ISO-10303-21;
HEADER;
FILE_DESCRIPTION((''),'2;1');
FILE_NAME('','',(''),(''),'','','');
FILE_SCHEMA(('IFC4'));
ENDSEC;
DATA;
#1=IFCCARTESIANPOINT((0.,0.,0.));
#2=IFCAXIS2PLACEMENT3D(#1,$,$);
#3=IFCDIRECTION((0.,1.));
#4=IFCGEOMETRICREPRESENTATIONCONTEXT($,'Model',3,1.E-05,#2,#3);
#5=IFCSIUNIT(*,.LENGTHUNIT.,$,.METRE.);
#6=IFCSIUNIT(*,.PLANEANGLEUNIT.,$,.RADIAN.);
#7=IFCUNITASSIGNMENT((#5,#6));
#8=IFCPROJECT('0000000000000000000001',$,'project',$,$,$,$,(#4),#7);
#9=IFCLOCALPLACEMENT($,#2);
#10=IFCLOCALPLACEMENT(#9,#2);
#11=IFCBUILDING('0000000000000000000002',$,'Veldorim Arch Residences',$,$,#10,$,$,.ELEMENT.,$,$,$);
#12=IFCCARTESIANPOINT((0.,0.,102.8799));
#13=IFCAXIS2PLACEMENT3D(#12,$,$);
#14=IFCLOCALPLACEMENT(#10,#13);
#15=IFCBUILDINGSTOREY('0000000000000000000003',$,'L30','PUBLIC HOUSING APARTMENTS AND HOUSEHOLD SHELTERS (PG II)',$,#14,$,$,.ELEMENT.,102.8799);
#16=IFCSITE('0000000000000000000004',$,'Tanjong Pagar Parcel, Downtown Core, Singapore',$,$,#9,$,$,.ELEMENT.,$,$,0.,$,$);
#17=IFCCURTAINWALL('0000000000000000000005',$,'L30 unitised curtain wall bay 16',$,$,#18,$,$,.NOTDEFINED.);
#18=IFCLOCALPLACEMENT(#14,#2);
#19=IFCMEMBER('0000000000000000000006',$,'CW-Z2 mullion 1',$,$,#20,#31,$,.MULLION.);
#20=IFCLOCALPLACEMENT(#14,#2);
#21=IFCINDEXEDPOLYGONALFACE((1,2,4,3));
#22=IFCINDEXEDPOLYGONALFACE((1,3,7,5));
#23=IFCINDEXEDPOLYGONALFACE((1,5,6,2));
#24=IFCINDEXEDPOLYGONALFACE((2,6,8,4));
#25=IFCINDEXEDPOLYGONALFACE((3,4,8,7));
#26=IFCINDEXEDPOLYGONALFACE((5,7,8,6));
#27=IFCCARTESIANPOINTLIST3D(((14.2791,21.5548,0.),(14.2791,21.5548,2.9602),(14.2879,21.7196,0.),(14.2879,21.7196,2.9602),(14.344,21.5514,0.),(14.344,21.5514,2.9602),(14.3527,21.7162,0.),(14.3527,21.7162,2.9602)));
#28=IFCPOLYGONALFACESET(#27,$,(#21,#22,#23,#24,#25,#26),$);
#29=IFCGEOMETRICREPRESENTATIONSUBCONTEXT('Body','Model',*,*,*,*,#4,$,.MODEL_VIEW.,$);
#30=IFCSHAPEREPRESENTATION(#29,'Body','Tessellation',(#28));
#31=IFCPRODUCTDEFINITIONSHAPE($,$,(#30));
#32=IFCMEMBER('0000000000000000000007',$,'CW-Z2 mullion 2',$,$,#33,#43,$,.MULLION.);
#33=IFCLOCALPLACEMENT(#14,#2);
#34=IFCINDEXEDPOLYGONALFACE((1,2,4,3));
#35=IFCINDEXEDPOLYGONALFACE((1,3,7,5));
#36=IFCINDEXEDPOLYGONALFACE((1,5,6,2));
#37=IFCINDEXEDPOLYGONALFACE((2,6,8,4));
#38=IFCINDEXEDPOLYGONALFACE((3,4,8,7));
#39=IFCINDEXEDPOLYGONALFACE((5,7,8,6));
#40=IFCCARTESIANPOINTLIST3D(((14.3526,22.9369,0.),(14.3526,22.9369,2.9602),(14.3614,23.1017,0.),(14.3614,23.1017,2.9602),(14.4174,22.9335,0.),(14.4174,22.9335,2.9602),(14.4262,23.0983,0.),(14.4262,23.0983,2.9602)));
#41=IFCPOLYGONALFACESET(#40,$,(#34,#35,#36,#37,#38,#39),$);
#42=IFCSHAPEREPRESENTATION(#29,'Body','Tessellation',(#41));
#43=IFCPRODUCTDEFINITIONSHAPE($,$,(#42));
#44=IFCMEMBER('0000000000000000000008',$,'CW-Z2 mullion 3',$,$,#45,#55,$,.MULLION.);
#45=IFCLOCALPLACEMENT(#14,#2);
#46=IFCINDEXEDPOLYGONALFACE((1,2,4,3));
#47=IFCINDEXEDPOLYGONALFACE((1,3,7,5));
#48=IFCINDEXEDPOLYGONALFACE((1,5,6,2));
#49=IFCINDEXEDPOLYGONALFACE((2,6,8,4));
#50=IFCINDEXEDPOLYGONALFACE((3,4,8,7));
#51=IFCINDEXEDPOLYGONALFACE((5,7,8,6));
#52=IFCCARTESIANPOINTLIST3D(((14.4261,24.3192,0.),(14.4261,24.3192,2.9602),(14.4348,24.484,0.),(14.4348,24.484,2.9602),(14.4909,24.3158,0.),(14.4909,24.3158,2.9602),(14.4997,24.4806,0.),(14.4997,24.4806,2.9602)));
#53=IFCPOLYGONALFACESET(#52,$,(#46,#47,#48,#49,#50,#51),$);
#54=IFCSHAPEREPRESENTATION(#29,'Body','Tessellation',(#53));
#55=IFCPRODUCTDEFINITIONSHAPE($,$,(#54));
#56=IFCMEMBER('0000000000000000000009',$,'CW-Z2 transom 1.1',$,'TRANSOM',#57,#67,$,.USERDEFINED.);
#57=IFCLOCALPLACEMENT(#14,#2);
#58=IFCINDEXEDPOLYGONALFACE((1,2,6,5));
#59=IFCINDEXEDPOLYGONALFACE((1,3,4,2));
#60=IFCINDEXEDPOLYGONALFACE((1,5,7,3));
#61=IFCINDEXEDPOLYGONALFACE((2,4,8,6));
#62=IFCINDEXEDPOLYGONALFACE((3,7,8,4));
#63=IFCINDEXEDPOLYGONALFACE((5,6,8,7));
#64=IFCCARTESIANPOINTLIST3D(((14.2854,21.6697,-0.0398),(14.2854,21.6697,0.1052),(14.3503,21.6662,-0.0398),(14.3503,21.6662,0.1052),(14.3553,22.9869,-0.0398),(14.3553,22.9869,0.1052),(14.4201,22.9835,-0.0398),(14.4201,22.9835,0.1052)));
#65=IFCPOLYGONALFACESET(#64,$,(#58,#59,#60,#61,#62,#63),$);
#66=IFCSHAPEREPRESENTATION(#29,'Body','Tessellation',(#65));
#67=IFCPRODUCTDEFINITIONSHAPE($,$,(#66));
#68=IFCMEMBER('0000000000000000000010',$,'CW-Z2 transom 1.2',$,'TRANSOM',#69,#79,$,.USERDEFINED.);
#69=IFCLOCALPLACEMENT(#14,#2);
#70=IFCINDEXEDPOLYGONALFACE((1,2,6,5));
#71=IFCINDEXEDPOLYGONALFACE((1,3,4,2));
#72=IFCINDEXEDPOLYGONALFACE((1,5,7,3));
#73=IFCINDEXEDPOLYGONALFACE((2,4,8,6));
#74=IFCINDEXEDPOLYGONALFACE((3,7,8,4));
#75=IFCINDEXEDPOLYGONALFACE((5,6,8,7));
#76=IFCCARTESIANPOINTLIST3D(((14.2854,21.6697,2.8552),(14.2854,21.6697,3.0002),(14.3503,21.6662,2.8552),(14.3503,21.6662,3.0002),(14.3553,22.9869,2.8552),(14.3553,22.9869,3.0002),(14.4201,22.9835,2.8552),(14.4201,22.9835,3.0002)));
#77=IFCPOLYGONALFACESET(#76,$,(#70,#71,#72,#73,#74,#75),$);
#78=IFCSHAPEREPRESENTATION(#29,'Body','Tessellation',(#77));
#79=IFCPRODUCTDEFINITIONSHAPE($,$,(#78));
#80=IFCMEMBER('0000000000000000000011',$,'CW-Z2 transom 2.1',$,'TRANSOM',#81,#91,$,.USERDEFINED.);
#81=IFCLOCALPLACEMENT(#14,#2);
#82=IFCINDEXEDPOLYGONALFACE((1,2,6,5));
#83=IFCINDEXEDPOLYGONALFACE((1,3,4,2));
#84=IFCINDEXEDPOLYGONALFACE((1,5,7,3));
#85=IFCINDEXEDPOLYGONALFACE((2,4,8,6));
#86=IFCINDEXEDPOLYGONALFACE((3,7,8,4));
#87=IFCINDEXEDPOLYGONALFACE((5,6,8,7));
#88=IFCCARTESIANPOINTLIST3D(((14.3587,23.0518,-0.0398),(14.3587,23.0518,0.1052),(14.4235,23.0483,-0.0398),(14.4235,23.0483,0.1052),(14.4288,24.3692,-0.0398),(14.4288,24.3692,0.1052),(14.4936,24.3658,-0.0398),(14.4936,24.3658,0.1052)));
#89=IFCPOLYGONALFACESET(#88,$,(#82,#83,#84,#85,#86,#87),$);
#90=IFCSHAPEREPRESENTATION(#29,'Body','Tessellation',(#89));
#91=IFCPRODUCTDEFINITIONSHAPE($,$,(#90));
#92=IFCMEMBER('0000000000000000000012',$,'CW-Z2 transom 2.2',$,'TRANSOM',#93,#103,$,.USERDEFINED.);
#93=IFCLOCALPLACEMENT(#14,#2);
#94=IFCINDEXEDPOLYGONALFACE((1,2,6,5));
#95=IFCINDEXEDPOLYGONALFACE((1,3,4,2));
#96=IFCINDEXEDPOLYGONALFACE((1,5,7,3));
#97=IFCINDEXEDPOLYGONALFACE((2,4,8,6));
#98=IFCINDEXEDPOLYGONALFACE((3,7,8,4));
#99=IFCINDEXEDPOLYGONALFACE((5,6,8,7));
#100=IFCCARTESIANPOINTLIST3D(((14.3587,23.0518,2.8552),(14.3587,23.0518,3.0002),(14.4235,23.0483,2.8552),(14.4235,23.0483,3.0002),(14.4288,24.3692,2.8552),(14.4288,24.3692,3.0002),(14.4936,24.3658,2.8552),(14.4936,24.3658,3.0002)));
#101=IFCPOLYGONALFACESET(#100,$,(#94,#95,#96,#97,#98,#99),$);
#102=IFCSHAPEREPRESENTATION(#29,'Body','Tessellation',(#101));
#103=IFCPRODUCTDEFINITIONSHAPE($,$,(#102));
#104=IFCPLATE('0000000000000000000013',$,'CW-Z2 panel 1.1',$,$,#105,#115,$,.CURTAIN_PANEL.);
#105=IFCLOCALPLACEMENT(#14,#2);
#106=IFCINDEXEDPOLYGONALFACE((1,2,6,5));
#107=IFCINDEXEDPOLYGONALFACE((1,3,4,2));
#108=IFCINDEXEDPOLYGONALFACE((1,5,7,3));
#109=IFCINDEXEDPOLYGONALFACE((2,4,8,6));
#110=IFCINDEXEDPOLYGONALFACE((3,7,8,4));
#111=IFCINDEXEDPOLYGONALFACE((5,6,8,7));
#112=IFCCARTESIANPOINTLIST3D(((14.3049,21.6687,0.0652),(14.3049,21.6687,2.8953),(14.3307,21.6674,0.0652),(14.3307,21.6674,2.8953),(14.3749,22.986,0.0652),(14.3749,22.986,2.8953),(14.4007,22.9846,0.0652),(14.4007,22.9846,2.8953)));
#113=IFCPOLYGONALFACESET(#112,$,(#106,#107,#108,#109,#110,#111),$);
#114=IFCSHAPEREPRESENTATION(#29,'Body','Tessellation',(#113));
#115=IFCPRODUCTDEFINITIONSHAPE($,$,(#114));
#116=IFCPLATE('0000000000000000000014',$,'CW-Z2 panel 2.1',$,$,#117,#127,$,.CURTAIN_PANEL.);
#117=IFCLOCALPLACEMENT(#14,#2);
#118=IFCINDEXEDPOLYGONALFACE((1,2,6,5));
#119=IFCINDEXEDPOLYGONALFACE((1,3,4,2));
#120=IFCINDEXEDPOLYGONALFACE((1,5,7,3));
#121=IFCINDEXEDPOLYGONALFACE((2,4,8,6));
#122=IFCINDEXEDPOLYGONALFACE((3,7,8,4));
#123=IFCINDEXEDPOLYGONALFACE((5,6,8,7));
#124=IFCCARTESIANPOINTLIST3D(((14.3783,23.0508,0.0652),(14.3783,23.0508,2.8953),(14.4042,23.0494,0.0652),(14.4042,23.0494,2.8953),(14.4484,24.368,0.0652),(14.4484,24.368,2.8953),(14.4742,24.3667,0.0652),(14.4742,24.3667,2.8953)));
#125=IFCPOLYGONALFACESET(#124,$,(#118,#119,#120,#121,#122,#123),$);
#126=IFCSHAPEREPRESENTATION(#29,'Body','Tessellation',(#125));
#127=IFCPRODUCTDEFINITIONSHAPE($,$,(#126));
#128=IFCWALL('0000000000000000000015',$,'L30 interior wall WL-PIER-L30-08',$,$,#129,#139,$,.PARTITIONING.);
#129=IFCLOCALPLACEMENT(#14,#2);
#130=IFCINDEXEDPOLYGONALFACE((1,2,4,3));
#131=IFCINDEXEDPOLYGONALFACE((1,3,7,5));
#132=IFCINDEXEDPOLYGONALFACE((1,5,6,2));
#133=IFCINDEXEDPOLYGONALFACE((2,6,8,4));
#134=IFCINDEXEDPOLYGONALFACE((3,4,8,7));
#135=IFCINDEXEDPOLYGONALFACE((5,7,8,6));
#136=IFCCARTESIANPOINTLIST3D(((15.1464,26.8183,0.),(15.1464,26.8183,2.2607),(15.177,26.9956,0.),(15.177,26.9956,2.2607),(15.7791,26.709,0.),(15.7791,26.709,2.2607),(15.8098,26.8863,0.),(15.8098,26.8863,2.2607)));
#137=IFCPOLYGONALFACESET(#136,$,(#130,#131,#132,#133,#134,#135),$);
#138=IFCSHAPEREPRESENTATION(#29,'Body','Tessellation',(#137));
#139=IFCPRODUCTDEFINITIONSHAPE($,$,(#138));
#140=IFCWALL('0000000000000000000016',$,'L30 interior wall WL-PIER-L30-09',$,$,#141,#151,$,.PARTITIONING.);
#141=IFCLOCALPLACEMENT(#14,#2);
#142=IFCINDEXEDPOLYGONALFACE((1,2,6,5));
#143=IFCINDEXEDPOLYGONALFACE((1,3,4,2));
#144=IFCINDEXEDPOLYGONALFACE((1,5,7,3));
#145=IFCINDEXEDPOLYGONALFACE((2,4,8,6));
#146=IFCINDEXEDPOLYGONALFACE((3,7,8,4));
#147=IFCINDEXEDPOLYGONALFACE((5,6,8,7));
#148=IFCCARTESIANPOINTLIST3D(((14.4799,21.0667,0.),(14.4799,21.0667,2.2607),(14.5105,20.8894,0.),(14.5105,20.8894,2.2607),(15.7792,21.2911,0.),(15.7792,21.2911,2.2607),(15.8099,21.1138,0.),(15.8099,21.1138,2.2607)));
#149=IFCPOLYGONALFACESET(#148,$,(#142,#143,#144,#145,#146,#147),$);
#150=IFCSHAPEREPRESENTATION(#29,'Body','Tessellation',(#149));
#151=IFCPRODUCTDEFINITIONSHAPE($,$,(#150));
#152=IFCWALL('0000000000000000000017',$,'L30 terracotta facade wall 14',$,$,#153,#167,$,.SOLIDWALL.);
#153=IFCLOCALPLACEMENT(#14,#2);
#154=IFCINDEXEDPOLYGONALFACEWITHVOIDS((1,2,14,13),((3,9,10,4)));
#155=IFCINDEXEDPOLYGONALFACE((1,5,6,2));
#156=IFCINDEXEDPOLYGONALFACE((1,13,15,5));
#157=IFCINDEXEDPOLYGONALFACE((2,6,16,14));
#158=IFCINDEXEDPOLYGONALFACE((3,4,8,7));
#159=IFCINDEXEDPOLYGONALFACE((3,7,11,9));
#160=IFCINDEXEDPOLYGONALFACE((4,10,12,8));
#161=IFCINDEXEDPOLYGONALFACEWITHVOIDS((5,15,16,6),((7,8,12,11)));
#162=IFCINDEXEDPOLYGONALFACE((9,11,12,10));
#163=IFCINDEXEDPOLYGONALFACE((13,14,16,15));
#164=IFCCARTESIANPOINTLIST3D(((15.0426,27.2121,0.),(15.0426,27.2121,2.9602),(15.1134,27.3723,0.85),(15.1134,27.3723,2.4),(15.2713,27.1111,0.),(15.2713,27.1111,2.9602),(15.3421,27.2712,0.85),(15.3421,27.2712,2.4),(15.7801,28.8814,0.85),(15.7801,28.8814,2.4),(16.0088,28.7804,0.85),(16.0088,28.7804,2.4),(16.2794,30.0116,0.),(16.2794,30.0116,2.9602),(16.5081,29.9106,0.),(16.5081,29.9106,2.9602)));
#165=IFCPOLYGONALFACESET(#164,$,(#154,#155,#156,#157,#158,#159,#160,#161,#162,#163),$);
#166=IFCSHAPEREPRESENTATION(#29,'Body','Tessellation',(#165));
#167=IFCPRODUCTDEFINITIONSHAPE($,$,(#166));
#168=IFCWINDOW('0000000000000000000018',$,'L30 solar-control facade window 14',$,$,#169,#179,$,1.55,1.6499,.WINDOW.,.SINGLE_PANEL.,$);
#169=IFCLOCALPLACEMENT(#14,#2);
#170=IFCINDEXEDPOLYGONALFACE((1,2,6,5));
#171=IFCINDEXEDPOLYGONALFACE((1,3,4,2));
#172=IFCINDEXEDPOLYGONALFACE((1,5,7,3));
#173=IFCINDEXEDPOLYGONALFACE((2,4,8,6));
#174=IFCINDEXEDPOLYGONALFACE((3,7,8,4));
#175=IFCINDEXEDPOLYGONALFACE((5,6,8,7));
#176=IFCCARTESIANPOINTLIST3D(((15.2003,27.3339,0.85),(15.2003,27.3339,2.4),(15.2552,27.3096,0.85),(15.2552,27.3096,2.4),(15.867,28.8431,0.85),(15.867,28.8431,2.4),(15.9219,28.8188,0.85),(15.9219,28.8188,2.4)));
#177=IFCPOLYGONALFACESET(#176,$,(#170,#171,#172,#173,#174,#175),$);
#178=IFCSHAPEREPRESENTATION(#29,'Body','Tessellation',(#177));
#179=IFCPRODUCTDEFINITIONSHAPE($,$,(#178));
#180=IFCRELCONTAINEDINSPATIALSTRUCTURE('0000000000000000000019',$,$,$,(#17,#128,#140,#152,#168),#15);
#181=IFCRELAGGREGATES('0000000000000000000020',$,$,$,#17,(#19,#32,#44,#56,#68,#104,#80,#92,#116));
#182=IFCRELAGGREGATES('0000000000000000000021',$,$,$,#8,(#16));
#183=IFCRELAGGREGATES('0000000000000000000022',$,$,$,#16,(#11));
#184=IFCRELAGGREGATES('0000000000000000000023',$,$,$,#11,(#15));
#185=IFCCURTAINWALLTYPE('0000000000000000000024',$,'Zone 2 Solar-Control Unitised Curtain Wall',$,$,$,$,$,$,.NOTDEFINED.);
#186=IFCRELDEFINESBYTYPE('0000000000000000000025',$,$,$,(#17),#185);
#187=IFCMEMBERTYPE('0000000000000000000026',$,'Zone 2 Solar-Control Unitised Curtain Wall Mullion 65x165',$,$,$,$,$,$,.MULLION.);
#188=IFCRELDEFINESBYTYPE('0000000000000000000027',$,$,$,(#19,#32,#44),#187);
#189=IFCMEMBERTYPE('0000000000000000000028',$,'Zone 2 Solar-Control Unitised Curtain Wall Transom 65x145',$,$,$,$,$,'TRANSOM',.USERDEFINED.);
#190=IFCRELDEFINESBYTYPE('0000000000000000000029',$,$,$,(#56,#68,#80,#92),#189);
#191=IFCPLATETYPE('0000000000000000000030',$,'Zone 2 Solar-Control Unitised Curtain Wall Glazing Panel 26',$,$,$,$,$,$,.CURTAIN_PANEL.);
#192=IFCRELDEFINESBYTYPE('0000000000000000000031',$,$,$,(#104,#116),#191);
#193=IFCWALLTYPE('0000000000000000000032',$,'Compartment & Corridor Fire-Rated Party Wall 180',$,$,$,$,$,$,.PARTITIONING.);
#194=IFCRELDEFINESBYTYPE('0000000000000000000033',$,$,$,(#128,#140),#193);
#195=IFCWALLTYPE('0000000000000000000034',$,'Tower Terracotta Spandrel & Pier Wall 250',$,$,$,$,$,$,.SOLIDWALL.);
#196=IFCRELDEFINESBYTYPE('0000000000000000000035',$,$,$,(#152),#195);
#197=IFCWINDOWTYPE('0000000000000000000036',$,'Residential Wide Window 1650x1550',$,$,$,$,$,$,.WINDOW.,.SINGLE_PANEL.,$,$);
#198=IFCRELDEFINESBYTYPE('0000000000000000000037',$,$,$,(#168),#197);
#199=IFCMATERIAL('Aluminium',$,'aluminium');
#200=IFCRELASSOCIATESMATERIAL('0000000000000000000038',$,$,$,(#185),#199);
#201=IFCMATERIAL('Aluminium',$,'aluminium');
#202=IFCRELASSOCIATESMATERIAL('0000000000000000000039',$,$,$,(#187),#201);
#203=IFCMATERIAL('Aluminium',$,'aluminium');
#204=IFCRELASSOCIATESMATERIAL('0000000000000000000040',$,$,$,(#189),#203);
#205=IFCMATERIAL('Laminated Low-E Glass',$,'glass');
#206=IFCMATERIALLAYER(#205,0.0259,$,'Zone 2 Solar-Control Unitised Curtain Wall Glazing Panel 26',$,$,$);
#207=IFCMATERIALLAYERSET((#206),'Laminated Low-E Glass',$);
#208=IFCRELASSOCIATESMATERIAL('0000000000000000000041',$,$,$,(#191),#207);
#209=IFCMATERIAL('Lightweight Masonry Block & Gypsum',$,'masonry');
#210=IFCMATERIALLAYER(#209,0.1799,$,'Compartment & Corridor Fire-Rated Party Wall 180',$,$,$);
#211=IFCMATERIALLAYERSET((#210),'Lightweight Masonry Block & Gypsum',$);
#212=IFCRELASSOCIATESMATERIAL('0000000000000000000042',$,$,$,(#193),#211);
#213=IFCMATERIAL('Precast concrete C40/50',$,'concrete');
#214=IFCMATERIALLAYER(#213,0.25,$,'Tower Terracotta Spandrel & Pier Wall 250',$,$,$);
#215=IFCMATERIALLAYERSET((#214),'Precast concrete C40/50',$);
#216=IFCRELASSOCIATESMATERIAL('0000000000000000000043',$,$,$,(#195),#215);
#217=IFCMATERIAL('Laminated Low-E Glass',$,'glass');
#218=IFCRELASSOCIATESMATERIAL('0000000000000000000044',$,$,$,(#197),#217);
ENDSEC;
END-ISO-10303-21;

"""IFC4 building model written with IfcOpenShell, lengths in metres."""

from ifc_helpers import new_model, si_unit, direction, frame, frame_2d, origin, origin_2d, place, context, subcontext, project, spatial, rectangle, extrude, material, layer, layer_set, material_profile, profile_set, type_object, element, fill, aggregate, save


model = new_model("IFC4")

# Units and contexts
model_context = context("Model", 3, precision=1e-05, world=origin(), true_north=direction((0.0, 1.0)))
body_context = subcontext(model_context, "Body", "Model", "MODEL_VIEW")
ifc_project = project(units=[si_unit("LENGTHUNIT", "METRE"), si_unit("PLANEANGLEUNIT", "RADIAN")], contexts=[model_context])

# Site, building, storey
site_placement = place(None, origin())
site = spatial("IfcSite", under=ifc_project, at=site_placement, Name="Tanjong Pagar Parcel, Downtown Core, Singapore", CompositionType="ELEMENT", RefElevation=0.0)
building_placement = place(site_placement, origin())
building = spatial("IfcBuilding", under=site, at=building_placement, Name="Veldorim Arch Residences", CompositionType="ELEMENT")
storey_placement = place(building_placement, frame((0.0, 0.0, 102.8799)))
storey = spatial("IfcBuildingStorey", under=building, at=storey_placement, Name="L30", Description="PUBLIC HOUSING APARTMENTS AND HOUSEHOLD SHELTERS (PG II)", CompositionType="ELEMENT", Elevation=102.8799)

# Curtain wall, members, plates
ifc_material_1 = material(Name="Aluminium", Category="aluminium")
curtain_wall_type = type_object("IfcCurtainWallType", Name="Zone 2 Solar-Control Unitised Curtain Wall", PredefinedType="NOTDEFINED", material=ifc_material_1)
curtain_wall_placement = place(storey_placement, origin())
curtain_wall = element("IfcCurtainWall", 1, at=curtain_wall_placement, inside=storey, type_object=curtain_wall_type, Name="L30 unitised curtain wall bay 16", PredefinedType="NOTDEFINED")
ifc_material_2 = material(Name="Aluminium", Category="aluminium")
ifc_material_profile_1 = material_profile(ifc_material_2, rectangle(XDim=0.0649, YDim=0.165, at=origin_2d()), Name="ALU_MUL_65x165")
ifc_profile_set_1 = profile_set([ifc_material_profile_1], Name="Aluminium")
member_type_1 = type_object("IfcMemberType", Name="Zone 2 Solar-Control Unitised Curtain Wall Mullion 65x165", PredefinedType="MULLION", material=ifc_profile_set_1)
member_1_placement = place(storey_placement, frame((14.3159, 21.6355, 0.0), z_axis=(0.0, 0.0, 1.0), x_axis=(-0.99859, 0.053083, 0.0)))
member_1 = element("IfcMember", 2, at=member_1_placement, type_object=member_type_1, Name="CW-Z2 mullion 1", PredefinedType="MULLION", context=body_context, shape_type="SweptSolid", body=[
    extrude(rectangle(XDim=0.0649, YDim=0.165, at=origin_2d()), origin(), (0.0, 0.0, 1.0), 2.9602),
])
member_2_placement = place(storey_placement, frame((14.3894, 23.0176, 0.0), z_axis=(0.0, 0.0, 1.0), x_axis=(-0.99859, 0.053083, 0.0)))
member_2 = element("IfcMember", 3, at=member_2_placement, type_object=member_type_1, Name="CW-Z2 mullion 2", PredefinedType="MULLION", context=body_context, shape_type="SweptSolid", body=[
    extrude(rectangle(XDim=0.0649, YDim=0.165, at=origin_2d()), origin(), (0.0, 0.0, 1.0), 2.9602),
])
member_3_placement = place(storey_placement, frame((14.4629, 24.3999, 0.0), z_axis=(0.0, 0.0, 1.0), x_axis=(-0.99859, 0.053083, 0.0)))
member_3 = element("IfcMember", 4, at=member_3_placement, type_object=member_type_1, Name="CW-Z2 mullion 3", PredefinedType="MULLION", context=body_context, shape_type="SweptSolid", body=[
    extrude(rectangle(XDim=0.0649, YDim=0.165, at=origin_2d()), origin(), (0.0, 0.0, 1.0), 2.9602),
])
ifc_material_3 = material(Name="Aluminium", Category="aluminium")
ifc_material_profile_2 = material_profile(ifc_material_3, rectangle(XDim=0.0649, YDim=0.145, at=origin_2d()), Name="ALU_TRN_65x145")
ifc_profile_set_2 = profile_set([ifc_material_profile_2], Name="Aluminium")
member_type_2 = type_object("IfcMemberType", Name="Zone 2 Solar-Control Unitised Curtain Wall Transom 65x145", ElementType="TRANSOM", PredefinedType="USERDEFINED", material=ifc_profile_set_2)
member_4_placement = place(storey_placement, frame((14.3179, 21.668, 0.0327), z_axis=(0.052938, 0.998598, 0.0), x_axis=(-0.998598, 0.052938, 0.0)))
member_4 = element("IfcMember", 5, at=member_4_placement, type_object=member_type_2, Name="CW-Z2 transom 1.1", ObjectType="TRANSOM", PredefinedType="USERDEFINED", context=body_context, shape_type="SweptSolid", body=[
    extrude(rectangle(XDim=0.0649, YDim=0.145, at=origin_2d()), origin(), (0.0, 0.0, 1.0), 1.3191),
])
member_5_placement = place(storey_placement, frame((14.3179, 21.668, 2.9277), z_axis=(0.052938, 0.998598, 0.0), x_axis=(-0.998598, 0.052938, 0.0)))
member_5 = element("IfcMember", 6, at=member_5_placement, type_object=member_type_2, Name="CW-Z2 transom 1.2", ObjectType="TRANSOM", PredefinedType="USERDEFINED", context=body_context, shape_type="SweptSolid", body=[
    extrude(rectangle(XDim=0.0649, YDim=0.145, at=origin_2d()), origin(), (0.0, 0.0, 1.0), 1.3191),
])
member_6_placement = place(storey_placement, frame((14.3911, 23.05, 0.0327), z_axis=(0.053112, 0.998589, 0.0), x_axis=(-0.998589, 0.053112, 0.0)))
member_6 = element("IfcMember", 7, at=member_6_placement, type_object=member_type_2, Name="CW-Z2 transom 2.1", ObjectType="TRANSOM", PredefinedType="USERDEFINED", context=body_context, shape_type="SweptSolid", body=[
    extrude(rectangle(XDim=0.0649, YDim=0.145, at=origin_2d()), origin(), (0.0, 0.0, 1.0), 1.3193),
])
member_7_placement = place(storey_placement, frame((14.3911, 23.05, 2.9277), z_axis=(0.053112, 0.998589, 0.0), x_axis=(-0.998589, 0.053112, 0.0)))
member_7 = element("IfcMember", 8, at=member_7_placement, type_object=member_type_2, Name="CW-Z2 transom 2.2", ObjectType="TRANSOM", PredefinedType="USERDEFINED", context=body_context, shape_type="SweptSolid", body=[
    extrude(rectangle(XDim=0.0649, YDim=0.145, at=origin_2d()), origin(), (0.0, 0.0, 1.0), 1.3193),
])
ifc_material_4 = material(Name="Laminated Low-E Glass", Category="glass")
ifc_layer_1 = layer(ifc_material_4, 0.0259, Name="Zone 2 Solar-Control Unitised Curtain Wall Glazing Panel 26")
ifc_layer_set_1 = layer_set([ifc_layer_1], Name="Laminated Low-E Glass")
plate_type = type_object("IfcPlateType", Name="Zone 2 Solar-Control Unitised Curtain Wall Glazing Panel 26", PredefinedType="CURTAIN_PANEL", material=ifc_layer_set_1)
plate_1_placement = place(storey_placement, frame((14.3528, 22.3267, 0.0652), z_axis=(0.0, 0.0, 1.0), x_axis=(0.053083, 0.99859, 0.0)))
plate_1 = element("IfcPlate", 9, at=plate_1_placement, type_object=plate_type, Name="CW-Z2 panel 1.1", PredefinedType="CURTAIN_PANEL", context=body_context, shape_type="SweptSolid", body=[
    extrude(rectangle(XDim=1.3191, YDim=0.0259, at=origin_2d()), origin(), (0.0, 0.0, 1.0), 2.8301),
])
plate_2_placement = place(storey_placement, frame((14.4263, 23.7087, 0.0652), z_axis=(0.0, 0.0, 1.0), x_axis=(0.053083, 0.99859, 0.0)))
plate_2 = element("IfcPlate", 10, at=plate_2_placement, type_object=plate_type, Name="CW-Z2 panel 2.1", PredefinedType="CURTAIN_PANEL", context=body_context, shape_type="SweptSolid", body=[
    extrude(rectangle(XDim=1.3191, YDim=0.0259, at=origin_2d()), origin(), (0.0, 0.0, 1.0), 2.8301),
])
aggregate(curtain_wall, [member_1, member_2, member_3, member_4, member_5, plate_1, member_6, member_7, plate_2])

# Walls
ifc_material_5 = material(Name="Lightweight Masonry Block & Gypsum", Category="masonry")
ifc_layer_2 = layer(ifc_material_5, 0.1799, Name="Compartment & Corridor Fire-Rated Party Wall 180")
ifc_layer_set_2 = layer_set([ifc_layer_2], Name="Lightweight Masonry Block & Gypsum")
wall_type_1 = type_object("IfcWallType", Name="Compartment & Corridor Fire-Rated Party Wall 180", PredefinedType="PARTITIONING", material=ifc_layer_set_2)
wall_1_placement = place(storey_placement, frame((15.7944, 26.7976, 0.0), z_axis=(0.0, 0.0, 1.0), x_axis=(-0.98539, 0.170314, 0.0)))
element("IfcWall", 11, at=wall_1_placement, inside=storey, type_object=wall_type_1, Name="L30 interior wall WL-PIER-L30-08", PredefinedType="PARTITIONING", context=body_context, shape_type="SweptSolid", body=[
    extrude(rectangle(XDim=0.6421, YDim=0.1799, at=frame_2d((0.321, 0.0))), origin(), (0.0, 0.0, 1.0), 2.2607),
])
wall_2_placement = place(storey_placement, frame((15.7944, 21.2024, 0.0), z_axis=(0.0, 0.0, 1.0), x_axis=(-0.985416, -0.170161, 0.0)))
element("IfcWall", 12, at=wall_2_placement, inside=storey, type_object=wall_type_1, Name="L30 interior wall WL-PIER-L30-09", PredefinedType="PARTITIONING", context=body_context, shape_type="SweptSolid", body=[
    extrude(rectangle(XDim=1.3186, YDim=0.1799, at=frame_2d((0.6592, 0.0))), origin(), (0.0, 0.0, 1.0), 2.2607),
])

# Wall, opening, window
ifc_material_6 = material(Name="Precast concrete C40/50", Category="concrete")
ifc_layer_3 = layer(ifc_material_6, 0.25, Name="Tower Terracotta Spandrel & Pier Wall 250")
ifc_layer_set_3 = layer_set([ifc_layer_3], Name="Precast concrete C40/50")
wall_type_2 = type_object("IfcWallType", Name="Tower Terracotta Spandrel & Pier Wall 250", PredefinedType="SOLIDWALL", material=ifc_layer_set_3)
wall_3_placement = place(storey_placement, frame((15.157, 27.1616, 0.0), z_axis=(0.0, 0.0, 1.0), x_axis=(0.40411, 0.914711, 0.0)))
wall_3 = element("IfcWall", 13, at=wall_3_placement, inside=storey, type_object=wall_type_2, Name="L30 terracotta facade wall 14", PredefinedType="SOLIDWALL", context=body_context, shape_type="SweptSolid", body=[
    extrude(rectangle(XDim=3.0605, YDim=0.25, at=frame_2d((1.5303, 0.0))), origin(), (0.0, 0.0, 1.0), 2.9602),
])
opening_placement = place(wall_3_placement, frame((0.175, 0.0, 0.8501)))
opening = element("IfcOpeningElement", 14, at=opening_placement, cuts=wall_3, PredefinedType="OPENING", context=body_context, shape_type="SweptSolid", body=[
    extrude(rectangle(XDim=1.6499, YDim=1.55, at=frame_2d((0.825, 0.7749))), frame((0.0, 0.135, 0.0), z_axis=(0.0, -1.0, 0.0), x_axis=(1.0, 0.0, 0.0)), (0.0, 0.0, 1.0), 0.27),
])
ifc_material_7 = material(Name="Laminated Low-E Glass", Category="glass")
window_type = type_object("IfcWindowType", Name="Residential Wide Window 1650x1550", PartitioningType="SINGLE_PANEL", PredefinedType="WINDOW", material=ifc_material_7)
window_placement = place(opening_placement, origin())
window = element("IfcWindow", 15, at=window_placement, inside=storey, type_object=window_type, Name="L30 solar-control facade window 14", OverallHeight=1.55, OverallWidth=1.6499, PartitioningType="SINGLE_PANEL", PredefinedType="WINDOW", context=body_context, shape_type="SweptSolid", body=[
    extrude(rectangle(XDim=1.6499, YDim=1.55, at=frame_2d((0.825, 0.7749))), frame((0.0, 0.03, 0.0), z_axis=(0.0, -1.0, 0.0), x_axis=(1.0, 0.0, 0.0)), (0.0, 0.0, 1.0), 0.0601),
])
fill(opening, window)

save(model, "model.ifc")
